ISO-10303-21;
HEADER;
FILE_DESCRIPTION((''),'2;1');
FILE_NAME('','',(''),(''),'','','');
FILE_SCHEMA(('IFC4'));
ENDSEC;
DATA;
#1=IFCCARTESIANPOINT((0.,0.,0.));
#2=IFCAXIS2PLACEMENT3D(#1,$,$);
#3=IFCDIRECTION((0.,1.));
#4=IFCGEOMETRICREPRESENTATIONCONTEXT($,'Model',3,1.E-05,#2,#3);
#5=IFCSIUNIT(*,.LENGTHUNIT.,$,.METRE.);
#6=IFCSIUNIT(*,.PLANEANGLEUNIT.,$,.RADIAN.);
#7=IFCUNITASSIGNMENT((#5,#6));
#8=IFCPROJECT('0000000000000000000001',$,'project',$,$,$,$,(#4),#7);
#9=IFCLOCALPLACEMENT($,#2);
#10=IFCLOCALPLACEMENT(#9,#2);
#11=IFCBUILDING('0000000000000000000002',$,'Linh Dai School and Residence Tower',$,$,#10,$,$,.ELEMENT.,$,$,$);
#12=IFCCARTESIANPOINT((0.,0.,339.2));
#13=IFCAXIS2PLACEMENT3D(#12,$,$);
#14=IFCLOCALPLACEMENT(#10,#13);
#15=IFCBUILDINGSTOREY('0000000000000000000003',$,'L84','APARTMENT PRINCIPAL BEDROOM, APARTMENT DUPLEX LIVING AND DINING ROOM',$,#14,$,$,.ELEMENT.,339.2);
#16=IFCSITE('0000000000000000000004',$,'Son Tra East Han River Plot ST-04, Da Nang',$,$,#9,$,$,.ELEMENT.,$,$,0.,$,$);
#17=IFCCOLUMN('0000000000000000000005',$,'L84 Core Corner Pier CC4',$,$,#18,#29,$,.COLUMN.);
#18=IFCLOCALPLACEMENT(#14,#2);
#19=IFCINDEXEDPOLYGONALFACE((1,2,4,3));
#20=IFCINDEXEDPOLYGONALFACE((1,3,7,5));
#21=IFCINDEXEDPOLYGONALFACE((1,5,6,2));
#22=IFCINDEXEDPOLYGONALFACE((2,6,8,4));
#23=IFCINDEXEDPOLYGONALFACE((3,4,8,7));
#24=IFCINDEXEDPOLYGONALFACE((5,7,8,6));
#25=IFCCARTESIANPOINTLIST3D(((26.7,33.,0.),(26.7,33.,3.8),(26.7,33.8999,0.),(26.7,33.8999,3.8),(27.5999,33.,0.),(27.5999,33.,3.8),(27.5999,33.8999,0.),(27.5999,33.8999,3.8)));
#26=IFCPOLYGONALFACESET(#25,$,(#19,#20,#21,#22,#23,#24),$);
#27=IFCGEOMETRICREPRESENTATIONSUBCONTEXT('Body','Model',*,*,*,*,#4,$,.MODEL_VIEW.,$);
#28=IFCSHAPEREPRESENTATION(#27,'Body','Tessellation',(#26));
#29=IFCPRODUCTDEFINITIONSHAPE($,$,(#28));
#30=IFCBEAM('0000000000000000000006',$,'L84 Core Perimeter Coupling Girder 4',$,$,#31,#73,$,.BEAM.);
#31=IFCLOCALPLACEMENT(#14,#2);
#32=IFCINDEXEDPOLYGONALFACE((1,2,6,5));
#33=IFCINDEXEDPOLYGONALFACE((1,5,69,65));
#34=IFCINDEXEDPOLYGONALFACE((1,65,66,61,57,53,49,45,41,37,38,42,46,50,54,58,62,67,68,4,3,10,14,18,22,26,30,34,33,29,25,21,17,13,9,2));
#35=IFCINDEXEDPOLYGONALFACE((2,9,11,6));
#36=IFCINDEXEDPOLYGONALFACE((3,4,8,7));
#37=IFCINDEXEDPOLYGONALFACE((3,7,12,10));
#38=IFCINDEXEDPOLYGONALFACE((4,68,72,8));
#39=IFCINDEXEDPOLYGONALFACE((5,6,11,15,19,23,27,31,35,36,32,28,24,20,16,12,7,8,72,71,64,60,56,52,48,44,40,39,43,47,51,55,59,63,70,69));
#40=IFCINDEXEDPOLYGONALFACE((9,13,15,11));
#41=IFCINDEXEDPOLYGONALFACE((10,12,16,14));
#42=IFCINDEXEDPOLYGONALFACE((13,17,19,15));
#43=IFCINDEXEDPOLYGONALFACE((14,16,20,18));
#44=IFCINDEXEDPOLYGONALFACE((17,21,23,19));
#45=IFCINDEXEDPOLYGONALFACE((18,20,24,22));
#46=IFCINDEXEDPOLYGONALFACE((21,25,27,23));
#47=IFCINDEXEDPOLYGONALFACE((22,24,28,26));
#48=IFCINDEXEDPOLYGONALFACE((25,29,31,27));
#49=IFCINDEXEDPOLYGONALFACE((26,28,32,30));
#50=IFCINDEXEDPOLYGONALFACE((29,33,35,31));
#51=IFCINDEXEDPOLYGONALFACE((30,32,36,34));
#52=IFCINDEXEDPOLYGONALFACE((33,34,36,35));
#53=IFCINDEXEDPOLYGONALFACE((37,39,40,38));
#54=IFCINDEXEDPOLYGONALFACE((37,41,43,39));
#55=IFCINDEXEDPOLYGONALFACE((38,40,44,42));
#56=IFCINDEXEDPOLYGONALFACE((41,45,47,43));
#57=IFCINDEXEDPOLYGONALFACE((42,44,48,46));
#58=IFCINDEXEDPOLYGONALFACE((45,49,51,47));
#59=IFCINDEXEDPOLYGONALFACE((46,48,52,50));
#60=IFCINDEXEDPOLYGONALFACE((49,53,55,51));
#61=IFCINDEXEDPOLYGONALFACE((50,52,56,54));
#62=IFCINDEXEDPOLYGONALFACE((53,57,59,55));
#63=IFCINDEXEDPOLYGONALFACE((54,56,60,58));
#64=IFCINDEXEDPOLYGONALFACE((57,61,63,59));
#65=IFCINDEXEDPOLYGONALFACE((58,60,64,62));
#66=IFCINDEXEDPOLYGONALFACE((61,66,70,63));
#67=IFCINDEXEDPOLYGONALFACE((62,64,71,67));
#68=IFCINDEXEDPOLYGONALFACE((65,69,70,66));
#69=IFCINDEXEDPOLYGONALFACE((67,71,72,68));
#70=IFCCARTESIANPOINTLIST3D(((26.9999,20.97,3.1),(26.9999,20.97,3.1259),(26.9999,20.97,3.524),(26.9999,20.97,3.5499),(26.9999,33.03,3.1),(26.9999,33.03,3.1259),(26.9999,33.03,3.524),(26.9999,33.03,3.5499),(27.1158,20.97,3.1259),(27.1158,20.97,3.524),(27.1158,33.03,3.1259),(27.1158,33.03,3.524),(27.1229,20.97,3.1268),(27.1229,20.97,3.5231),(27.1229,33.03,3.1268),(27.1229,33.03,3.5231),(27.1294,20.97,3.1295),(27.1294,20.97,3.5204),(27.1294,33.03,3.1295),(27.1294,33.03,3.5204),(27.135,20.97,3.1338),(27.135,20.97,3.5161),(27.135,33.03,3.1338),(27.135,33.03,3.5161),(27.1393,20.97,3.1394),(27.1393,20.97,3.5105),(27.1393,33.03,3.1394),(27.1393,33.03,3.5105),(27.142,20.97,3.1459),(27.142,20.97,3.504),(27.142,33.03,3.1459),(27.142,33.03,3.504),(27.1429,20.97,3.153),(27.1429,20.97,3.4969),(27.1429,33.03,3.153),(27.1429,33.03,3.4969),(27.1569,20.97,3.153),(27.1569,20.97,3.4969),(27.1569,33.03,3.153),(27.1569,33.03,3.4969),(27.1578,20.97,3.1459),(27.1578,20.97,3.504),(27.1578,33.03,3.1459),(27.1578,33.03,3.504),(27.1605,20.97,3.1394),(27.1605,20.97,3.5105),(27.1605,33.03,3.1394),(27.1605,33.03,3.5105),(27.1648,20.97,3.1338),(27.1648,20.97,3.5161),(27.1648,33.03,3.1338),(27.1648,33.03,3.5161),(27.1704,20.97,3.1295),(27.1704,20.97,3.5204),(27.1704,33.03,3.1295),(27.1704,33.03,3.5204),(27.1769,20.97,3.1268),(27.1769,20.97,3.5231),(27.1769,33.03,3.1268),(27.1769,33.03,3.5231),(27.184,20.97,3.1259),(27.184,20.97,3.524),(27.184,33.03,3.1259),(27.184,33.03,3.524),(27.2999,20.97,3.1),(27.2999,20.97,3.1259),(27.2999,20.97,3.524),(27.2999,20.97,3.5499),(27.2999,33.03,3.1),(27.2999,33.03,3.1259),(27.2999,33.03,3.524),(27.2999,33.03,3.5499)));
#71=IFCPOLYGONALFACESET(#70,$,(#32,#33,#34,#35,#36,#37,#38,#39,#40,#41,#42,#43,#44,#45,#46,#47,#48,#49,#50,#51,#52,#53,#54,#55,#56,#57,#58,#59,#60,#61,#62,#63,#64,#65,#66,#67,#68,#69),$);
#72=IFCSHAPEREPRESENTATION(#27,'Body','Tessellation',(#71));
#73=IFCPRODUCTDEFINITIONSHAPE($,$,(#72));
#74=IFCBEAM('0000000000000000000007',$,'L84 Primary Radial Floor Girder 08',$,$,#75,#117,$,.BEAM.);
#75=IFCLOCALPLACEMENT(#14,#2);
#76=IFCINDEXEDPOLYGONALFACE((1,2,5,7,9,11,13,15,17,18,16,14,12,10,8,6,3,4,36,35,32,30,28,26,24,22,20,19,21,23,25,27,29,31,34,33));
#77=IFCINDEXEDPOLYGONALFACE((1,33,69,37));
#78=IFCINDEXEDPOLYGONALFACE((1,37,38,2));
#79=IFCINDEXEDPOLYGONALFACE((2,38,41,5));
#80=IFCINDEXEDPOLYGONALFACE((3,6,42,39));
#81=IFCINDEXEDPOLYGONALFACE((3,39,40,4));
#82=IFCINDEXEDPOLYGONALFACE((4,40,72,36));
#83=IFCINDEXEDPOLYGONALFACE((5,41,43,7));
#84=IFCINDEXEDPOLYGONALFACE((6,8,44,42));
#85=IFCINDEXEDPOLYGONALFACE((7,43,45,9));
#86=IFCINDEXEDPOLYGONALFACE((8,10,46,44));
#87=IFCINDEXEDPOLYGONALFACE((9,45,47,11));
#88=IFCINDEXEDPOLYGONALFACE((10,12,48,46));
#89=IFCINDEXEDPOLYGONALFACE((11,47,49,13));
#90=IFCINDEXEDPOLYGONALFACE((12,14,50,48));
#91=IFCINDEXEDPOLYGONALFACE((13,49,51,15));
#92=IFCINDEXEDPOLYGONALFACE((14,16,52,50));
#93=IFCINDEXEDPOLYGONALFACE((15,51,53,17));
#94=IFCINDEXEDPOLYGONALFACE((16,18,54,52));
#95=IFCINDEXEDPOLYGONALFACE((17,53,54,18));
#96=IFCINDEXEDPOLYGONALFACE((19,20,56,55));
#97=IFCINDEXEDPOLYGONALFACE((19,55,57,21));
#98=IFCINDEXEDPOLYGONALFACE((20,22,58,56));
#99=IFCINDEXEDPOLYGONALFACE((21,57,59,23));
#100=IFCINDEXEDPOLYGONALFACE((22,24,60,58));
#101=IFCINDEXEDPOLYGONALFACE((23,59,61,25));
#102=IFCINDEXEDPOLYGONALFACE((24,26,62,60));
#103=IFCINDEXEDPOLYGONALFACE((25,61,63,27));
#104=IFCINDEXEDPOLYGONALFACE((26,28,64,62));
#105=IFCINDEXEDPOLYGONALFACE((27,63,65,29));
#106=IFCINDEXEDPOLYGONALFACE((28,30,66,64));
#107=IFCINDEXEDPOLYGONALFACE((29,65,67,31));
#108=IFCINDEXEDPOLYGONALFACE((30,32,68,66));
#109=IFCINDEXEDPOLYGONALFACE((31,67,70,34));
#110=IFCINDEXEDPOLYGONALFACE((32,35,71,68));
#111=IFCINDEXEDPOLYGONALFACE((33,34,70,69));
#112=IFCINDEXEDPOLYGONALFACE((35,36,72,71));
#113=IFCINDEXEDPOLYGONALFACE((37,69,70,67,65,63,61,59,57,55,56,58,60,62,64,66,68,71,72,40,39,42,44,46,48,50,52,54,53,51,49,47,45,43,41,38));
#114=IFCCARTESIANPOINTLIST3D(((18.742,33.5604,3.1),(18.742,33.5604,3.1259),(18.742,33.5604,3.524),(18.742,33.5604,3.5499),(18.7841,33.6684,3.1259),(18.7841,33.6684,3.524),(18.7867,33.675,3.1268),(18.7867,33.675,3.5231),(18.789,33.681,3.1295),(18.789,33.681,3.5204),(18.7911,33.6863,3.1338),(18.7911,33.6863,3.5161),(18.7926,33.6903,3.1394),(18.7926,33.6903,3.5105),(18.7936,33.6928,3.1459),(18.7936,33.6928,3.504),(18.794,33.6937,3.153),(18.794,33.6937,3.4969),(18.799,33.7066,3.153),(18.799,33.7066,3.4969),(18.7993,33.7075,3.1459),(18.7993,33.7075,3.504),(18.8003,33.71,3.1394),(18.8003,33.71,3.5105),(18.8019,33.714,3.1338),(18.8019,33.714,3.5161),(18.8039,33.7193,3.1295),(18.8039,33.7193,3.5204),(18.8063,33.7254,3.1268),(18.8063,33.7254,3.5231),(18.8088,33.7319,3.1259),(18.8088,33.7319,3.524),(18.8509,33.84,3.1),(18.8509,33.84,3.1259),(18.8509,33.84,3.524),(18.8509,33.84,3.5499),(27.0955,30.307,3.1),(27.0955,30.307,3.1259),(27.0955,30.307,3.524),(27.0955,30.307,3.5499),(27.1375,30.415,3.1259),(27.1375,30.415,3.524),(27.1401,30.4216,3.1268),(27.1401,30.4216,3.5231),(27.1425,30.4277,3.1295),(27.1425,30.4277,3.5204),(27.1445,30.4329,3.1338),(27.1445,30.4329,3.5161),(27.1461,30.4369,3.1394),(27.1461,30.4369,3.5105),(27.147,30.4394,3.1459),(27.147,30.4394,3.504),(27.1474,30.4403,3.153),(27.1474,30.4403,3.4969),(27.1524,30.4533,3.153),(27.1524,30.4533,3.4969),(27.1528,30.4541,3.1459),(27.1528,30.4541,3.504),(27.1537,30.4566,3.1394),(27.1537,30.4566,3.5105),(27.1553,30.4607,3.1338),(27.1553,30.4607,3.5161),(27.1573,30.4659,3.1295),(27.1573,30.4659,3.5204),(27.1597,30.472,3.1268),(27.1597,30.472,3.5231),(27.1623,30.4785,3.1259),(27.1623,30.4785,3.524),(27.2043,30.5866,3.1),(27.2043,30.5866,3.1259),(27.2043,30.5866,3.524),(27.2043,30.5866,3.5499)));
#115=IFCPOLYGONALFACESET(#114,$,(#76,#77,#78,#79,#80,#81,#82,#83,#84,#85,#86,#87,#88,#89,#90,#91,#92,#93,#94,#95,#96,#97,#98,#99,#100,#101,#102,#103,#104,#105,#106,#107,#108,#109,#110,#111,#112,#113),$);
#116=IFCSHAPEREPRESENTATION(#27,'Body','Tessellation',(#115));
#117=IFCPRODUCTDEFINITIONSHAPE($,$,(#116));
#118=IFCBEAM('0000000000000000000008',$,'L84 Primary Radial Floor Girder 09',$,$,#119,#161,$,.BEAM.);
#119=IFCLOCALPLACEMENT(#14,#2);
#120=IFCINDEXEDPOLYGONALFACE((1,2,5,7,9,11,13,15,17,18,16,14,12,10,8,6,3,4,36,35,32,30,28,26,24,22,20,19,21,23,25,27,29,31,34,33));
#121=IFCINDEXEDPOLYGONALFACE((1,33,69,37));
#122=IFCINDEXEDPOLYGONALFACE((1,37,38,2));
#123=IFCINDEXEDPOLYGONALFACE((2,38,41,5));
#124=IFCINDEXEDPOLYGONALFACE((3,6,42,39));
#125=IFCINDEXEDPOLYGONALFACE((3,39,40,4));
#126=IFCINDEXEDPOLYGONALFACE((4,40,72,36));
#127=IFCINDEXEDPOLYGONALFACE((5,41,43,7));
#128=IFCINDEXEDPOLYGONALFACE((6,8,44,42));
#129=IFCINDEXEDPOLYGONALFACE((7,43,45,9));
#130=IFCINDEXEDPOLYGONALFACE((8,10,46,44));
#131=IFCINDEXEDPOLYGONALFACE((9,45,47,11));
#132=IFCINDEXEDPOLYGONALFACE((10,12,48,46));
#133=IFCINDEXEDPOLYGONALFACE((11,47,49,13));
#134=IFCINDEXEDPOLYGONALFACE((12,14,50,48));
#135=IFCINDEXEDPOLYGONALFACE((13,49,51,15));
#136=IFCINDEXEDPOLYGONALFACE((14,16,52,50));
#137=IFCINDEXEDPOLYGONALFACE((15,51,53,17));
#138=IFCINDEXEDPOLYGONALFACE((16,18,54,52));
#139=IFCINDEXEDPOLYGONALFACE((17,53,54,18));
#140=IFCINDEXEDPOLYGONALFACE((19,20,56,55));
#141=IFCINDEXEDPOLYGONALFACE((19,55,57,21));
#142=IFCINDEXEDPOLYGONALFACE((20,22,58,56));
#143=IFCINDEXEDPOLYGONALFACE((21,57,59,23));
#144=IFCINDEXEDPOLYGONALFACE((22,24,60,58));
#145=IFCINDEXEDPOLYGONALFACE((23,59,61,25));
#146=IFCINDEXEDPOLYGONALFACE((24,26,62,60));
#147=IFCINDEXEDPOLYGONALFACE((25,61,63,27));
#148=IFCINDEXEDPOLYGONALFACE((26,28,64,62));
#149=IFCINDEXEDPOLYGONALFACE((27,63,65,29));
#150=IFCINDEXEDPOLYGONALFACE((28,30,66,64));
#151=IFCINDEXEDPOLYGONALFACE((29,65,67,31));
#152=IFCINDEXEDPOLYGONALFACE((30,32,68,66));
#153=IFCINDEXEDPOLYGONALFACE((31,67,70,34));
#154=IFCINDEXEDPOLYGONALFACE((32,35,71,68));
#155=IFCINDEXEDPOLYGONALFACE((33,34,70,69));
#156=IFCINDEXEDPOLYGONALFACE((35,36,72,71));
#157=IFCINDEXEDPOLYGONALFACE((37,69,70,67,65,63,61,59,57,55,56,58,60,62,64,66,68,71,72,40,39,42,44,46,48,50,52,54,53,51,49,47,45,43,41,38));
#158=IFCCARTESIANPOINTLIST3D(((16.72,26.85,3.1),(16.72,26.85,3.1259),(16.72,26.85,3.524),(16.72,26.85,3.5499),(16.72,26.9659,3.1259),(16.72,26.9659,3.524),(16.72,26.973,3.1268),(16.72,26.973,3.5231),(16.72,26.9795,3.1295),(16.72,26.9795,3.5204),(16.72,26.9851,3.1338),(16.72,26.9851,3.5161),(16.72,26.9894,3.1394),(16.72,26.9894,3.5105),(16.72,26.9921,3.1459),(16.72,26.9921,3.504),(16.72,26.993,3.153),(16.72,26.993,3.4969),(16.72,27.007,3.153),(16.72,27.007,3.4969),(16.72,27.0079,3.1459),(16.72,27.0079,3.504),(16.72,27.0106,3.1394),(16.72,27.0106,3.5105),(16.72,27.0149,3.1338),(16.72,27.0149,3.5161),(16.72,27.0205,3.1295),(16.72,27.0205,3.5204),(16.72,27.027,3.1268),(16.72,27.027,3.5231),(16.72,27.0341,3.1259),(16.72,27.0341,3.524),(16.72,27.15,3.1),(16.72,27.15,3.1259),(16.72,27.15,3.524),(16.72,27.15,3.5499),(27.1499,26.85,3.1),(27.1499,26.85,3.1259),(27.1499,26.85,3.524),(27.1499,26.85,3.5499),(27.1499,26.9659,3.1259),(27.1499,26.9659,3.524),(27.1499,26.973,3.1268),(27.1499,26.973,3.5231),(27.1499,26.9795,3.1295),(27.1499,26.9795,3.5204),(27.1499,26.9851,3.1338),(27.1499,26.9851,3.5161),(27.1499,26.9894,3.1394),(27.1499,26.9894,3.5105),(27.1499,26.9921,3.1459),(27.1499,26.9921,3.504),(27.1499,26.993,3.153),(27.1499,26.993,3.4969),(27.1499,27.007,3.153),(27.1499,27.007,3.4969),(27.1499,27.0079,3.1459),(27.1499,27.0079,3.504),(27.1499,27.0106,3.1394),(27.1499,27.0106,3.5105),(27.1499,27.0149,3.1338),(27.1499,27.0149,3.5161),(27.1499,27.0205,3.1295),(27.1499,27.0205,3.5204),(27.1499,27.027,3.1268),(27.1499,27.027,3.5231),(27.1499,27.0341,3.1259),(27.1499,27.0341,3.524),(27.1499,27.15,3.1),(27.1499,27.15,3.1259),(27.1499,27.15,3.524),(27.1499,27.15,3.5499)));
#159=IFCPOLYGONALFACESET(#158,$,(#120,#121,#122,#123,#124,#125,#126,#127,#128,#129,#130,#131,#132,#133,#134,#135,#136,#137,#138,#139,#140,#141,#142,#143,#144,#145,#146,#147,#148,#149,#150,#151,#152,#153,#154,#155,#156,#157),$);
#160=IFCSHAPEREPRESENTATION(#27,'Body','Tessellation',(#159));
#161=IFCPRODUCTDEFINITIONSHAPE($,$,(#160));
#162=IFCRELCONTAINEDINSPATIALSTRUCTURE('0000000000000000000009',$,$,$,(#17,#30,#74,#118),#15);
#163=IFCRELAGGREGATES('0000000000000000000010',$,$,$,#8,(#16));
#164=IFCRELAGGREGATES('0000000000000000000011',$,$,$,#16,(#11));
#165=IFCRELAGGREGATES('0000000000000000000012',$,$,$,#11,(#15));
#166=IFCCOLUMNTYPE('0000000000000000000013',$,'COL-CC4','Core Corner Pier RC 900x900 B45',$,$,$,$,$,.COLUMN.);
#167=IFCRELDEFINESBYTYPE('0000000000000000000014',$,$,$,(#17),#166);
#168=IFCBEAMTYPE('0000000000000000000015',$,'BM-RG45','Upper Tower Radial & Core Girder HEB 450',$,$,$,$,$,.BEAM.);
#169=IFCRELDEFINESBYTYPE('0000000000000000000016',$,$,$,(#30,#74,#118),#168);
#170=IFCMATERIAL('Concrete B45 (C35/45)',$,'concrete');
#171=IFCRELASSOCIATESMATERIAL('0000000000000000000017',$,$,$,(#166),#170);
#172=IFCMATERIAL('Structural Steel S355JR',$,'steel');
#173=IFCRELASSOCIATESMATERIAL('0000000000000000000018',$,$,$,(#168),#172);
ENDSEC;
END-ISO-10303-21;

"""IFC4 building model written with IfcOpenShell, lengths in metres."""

from ifc_helpers import new_model, si_unit, direction, frame, origin, origin_2d, place, context, subcontext, project, spatial, rectangle, i_section, extrude, material, material_profile, profile_set, type_object, element, save


model = new_model("IFC4")

# Units and contexts
model_context = context("Model", 3, precision=1e-05, world=origin(), true_north=direction((0.0, 1.0)))
body_context = subcontext(model_context, "Body", "Model", "MODEL_VIEW")
ifc_project = project(units=[si_unit("LENGTHUNIT", "METRE"), si_unit("PLANEANGLEUNIT", "RADIAN")], contexts=[model_context])

# Site, building, storey
site_placement = place(None, origin())
site = spatial("IfcSite", under=ifc_project, at=site_placement, Name="Son Tra East Han River Plot ST-04, Da Nang", CompositionType="ELEMENT", RefElevation=0.0)
building_placement = place(site_placement, origin())
building = spatial("IfcBuilding", under=site, at=building_placement, Name="Linh Dai School and Residence Tower", CompositionType="ELEMENT")
storey_placement = place(building_placement, frame((0.0, 0.0, 339.2)))
storey = spatial("IfcBuildingStorey", under=building, at=storey_placement, Name="L84", Description="APARTMENT PRINCIPAL BEDROOM, APARTMENT DUPLEX LIVING AND DINING ROOM", CompositionType="ELEMENT", Elevation=339.2)

# Column
ifc_material_1 = material(Name="Concrete B45 (C35/45)", Category="concrete")
ifc_material_profile_1 = material_profile(ifc_material_1, rectangle(XDim=0.8999, YDim=0.8999, at=origin_2d()), Name="RC 900x900")
ifc_profile_set_1 = profile_set([ifc_material_profile_1], Name="Concrete B45 (C35/45)")
column_type = type_object("IfcColumnType", Name="COL-CC4", Description="Core Corner Pier RC 900x900 B45", PredefinedType="COLUMN", material=ifc_profile_set_1)
column_placement = place(storey_placement, frame((27.1499, 33.45, 0.0), z_axis=(0.0, 0.0, 1.0), x_axis=(1.0, 0.0, 0.0)))
element("IfcColumn", 1, at=column_placement, inside=storey, type_object=column_type, Name="L84 Core Corner Pier CC4", PredefinedType="COLUMN", context=body_context, shape_type="SweptSolid", body=[
    extrude(rectangle(XDim=0.8999, YDim=0.8999, at=origin_2d()), origin(), (0.0, 0.0, 1.0), 3.8),
])

# Beams
ifc_material_2 = material(Name="Structural Steel S355JR", Category="steel")
ifc_material_profile_2 = material_profile(ifc_material_2, i_section(OverallWidth=0.3, OverallDepth=0.45, WebThickness=0.0139, FlangeThickness=0.0259, FilletRadius=0.0271, at=origin_2d()), Name="HEB 450")
ifc_profile_set_2 = profile_set([ifc_material_profile_2], Name="Structural Steel S355JR")
beam_type_1 = type_object("IfcBeamType", Name="BM-RG45", Description="Upper Tower Radial & Core Girder HEB 450", PredefinedType="BEAM", material=ifc_profile_set_2)
beam_1_placement = place(storey_placement, frame((27.1499, 33.03, 3.325), z_axis=(0.0, -1.0, 0.0), x_axis=(1.0, 0.0, 0.0)))
element("IfcBeam", 2, at=beam_1_placement, inside=storey, type_object=beam_type_1, Name="L84 Core Perimeter Coupling Girder 4", PredefinedType="BEAM", context=body_context, shape_type="SweptSolid", body=[
    extrude(i_section(OverallWidth=0.3, OverallDepth=0.45, WebThickness=0.0139, FlangeThickness=0.0259, FilletRadius=0.0271, at=origin_2d()), origin(), (0.0, 0.0, 1.0), 12.0601),
])
beam_2_placement = place(storey_placement, frame((27.1499, 30.4468, 3.325), z_axis=(-0.931823, 0.362914, 0.0), x_axis=(-0.362914, -0.931823, 0.0)))
element("IfcBeam", 3, at=beam_2_placement, inside=storey, type_object=beam_type_1, Name="L84 Primary Radial Floor Girder 08", PredefinedType="BEAM", context=body_context, shape_type="SweptSolid", body=[
    extrude(i_section(OverallWidth=0.3, OverallDepth=0.45, WebThickness=0.0139, FlangeThickness=0.0259, FilletRadius=0.0271, at=origin_2d()), origin(), (0.0, 0.0, 1.0), 8.9646),
])
beam_3_placement = place(storey_placement, frame((27.1499, 27.0, 3.325), z_axis=(-1.0, 0.0, 0.0), x_axis=(0.0, -1.0, 0.0)))
element("IfcBeam", 4, at=beam_3_placement, inside=storey, type_object=beam_type_1, Name="L84 Primary Radial Floor Girder 09", PredefinedType="BEAM", context=body_context, shape_type="SweptSolid", body=[
    extrude(i_section(OverallWidth=0.3, OverallDepth=0.45, WebThickness=0.0139, FlangeThickness=0.0259, FilletRadius=0.0271, at=origin_2d()), origin(), (0.0, 0.0, 1.0), 10.4299),
])

save(model, "model.ifc")
